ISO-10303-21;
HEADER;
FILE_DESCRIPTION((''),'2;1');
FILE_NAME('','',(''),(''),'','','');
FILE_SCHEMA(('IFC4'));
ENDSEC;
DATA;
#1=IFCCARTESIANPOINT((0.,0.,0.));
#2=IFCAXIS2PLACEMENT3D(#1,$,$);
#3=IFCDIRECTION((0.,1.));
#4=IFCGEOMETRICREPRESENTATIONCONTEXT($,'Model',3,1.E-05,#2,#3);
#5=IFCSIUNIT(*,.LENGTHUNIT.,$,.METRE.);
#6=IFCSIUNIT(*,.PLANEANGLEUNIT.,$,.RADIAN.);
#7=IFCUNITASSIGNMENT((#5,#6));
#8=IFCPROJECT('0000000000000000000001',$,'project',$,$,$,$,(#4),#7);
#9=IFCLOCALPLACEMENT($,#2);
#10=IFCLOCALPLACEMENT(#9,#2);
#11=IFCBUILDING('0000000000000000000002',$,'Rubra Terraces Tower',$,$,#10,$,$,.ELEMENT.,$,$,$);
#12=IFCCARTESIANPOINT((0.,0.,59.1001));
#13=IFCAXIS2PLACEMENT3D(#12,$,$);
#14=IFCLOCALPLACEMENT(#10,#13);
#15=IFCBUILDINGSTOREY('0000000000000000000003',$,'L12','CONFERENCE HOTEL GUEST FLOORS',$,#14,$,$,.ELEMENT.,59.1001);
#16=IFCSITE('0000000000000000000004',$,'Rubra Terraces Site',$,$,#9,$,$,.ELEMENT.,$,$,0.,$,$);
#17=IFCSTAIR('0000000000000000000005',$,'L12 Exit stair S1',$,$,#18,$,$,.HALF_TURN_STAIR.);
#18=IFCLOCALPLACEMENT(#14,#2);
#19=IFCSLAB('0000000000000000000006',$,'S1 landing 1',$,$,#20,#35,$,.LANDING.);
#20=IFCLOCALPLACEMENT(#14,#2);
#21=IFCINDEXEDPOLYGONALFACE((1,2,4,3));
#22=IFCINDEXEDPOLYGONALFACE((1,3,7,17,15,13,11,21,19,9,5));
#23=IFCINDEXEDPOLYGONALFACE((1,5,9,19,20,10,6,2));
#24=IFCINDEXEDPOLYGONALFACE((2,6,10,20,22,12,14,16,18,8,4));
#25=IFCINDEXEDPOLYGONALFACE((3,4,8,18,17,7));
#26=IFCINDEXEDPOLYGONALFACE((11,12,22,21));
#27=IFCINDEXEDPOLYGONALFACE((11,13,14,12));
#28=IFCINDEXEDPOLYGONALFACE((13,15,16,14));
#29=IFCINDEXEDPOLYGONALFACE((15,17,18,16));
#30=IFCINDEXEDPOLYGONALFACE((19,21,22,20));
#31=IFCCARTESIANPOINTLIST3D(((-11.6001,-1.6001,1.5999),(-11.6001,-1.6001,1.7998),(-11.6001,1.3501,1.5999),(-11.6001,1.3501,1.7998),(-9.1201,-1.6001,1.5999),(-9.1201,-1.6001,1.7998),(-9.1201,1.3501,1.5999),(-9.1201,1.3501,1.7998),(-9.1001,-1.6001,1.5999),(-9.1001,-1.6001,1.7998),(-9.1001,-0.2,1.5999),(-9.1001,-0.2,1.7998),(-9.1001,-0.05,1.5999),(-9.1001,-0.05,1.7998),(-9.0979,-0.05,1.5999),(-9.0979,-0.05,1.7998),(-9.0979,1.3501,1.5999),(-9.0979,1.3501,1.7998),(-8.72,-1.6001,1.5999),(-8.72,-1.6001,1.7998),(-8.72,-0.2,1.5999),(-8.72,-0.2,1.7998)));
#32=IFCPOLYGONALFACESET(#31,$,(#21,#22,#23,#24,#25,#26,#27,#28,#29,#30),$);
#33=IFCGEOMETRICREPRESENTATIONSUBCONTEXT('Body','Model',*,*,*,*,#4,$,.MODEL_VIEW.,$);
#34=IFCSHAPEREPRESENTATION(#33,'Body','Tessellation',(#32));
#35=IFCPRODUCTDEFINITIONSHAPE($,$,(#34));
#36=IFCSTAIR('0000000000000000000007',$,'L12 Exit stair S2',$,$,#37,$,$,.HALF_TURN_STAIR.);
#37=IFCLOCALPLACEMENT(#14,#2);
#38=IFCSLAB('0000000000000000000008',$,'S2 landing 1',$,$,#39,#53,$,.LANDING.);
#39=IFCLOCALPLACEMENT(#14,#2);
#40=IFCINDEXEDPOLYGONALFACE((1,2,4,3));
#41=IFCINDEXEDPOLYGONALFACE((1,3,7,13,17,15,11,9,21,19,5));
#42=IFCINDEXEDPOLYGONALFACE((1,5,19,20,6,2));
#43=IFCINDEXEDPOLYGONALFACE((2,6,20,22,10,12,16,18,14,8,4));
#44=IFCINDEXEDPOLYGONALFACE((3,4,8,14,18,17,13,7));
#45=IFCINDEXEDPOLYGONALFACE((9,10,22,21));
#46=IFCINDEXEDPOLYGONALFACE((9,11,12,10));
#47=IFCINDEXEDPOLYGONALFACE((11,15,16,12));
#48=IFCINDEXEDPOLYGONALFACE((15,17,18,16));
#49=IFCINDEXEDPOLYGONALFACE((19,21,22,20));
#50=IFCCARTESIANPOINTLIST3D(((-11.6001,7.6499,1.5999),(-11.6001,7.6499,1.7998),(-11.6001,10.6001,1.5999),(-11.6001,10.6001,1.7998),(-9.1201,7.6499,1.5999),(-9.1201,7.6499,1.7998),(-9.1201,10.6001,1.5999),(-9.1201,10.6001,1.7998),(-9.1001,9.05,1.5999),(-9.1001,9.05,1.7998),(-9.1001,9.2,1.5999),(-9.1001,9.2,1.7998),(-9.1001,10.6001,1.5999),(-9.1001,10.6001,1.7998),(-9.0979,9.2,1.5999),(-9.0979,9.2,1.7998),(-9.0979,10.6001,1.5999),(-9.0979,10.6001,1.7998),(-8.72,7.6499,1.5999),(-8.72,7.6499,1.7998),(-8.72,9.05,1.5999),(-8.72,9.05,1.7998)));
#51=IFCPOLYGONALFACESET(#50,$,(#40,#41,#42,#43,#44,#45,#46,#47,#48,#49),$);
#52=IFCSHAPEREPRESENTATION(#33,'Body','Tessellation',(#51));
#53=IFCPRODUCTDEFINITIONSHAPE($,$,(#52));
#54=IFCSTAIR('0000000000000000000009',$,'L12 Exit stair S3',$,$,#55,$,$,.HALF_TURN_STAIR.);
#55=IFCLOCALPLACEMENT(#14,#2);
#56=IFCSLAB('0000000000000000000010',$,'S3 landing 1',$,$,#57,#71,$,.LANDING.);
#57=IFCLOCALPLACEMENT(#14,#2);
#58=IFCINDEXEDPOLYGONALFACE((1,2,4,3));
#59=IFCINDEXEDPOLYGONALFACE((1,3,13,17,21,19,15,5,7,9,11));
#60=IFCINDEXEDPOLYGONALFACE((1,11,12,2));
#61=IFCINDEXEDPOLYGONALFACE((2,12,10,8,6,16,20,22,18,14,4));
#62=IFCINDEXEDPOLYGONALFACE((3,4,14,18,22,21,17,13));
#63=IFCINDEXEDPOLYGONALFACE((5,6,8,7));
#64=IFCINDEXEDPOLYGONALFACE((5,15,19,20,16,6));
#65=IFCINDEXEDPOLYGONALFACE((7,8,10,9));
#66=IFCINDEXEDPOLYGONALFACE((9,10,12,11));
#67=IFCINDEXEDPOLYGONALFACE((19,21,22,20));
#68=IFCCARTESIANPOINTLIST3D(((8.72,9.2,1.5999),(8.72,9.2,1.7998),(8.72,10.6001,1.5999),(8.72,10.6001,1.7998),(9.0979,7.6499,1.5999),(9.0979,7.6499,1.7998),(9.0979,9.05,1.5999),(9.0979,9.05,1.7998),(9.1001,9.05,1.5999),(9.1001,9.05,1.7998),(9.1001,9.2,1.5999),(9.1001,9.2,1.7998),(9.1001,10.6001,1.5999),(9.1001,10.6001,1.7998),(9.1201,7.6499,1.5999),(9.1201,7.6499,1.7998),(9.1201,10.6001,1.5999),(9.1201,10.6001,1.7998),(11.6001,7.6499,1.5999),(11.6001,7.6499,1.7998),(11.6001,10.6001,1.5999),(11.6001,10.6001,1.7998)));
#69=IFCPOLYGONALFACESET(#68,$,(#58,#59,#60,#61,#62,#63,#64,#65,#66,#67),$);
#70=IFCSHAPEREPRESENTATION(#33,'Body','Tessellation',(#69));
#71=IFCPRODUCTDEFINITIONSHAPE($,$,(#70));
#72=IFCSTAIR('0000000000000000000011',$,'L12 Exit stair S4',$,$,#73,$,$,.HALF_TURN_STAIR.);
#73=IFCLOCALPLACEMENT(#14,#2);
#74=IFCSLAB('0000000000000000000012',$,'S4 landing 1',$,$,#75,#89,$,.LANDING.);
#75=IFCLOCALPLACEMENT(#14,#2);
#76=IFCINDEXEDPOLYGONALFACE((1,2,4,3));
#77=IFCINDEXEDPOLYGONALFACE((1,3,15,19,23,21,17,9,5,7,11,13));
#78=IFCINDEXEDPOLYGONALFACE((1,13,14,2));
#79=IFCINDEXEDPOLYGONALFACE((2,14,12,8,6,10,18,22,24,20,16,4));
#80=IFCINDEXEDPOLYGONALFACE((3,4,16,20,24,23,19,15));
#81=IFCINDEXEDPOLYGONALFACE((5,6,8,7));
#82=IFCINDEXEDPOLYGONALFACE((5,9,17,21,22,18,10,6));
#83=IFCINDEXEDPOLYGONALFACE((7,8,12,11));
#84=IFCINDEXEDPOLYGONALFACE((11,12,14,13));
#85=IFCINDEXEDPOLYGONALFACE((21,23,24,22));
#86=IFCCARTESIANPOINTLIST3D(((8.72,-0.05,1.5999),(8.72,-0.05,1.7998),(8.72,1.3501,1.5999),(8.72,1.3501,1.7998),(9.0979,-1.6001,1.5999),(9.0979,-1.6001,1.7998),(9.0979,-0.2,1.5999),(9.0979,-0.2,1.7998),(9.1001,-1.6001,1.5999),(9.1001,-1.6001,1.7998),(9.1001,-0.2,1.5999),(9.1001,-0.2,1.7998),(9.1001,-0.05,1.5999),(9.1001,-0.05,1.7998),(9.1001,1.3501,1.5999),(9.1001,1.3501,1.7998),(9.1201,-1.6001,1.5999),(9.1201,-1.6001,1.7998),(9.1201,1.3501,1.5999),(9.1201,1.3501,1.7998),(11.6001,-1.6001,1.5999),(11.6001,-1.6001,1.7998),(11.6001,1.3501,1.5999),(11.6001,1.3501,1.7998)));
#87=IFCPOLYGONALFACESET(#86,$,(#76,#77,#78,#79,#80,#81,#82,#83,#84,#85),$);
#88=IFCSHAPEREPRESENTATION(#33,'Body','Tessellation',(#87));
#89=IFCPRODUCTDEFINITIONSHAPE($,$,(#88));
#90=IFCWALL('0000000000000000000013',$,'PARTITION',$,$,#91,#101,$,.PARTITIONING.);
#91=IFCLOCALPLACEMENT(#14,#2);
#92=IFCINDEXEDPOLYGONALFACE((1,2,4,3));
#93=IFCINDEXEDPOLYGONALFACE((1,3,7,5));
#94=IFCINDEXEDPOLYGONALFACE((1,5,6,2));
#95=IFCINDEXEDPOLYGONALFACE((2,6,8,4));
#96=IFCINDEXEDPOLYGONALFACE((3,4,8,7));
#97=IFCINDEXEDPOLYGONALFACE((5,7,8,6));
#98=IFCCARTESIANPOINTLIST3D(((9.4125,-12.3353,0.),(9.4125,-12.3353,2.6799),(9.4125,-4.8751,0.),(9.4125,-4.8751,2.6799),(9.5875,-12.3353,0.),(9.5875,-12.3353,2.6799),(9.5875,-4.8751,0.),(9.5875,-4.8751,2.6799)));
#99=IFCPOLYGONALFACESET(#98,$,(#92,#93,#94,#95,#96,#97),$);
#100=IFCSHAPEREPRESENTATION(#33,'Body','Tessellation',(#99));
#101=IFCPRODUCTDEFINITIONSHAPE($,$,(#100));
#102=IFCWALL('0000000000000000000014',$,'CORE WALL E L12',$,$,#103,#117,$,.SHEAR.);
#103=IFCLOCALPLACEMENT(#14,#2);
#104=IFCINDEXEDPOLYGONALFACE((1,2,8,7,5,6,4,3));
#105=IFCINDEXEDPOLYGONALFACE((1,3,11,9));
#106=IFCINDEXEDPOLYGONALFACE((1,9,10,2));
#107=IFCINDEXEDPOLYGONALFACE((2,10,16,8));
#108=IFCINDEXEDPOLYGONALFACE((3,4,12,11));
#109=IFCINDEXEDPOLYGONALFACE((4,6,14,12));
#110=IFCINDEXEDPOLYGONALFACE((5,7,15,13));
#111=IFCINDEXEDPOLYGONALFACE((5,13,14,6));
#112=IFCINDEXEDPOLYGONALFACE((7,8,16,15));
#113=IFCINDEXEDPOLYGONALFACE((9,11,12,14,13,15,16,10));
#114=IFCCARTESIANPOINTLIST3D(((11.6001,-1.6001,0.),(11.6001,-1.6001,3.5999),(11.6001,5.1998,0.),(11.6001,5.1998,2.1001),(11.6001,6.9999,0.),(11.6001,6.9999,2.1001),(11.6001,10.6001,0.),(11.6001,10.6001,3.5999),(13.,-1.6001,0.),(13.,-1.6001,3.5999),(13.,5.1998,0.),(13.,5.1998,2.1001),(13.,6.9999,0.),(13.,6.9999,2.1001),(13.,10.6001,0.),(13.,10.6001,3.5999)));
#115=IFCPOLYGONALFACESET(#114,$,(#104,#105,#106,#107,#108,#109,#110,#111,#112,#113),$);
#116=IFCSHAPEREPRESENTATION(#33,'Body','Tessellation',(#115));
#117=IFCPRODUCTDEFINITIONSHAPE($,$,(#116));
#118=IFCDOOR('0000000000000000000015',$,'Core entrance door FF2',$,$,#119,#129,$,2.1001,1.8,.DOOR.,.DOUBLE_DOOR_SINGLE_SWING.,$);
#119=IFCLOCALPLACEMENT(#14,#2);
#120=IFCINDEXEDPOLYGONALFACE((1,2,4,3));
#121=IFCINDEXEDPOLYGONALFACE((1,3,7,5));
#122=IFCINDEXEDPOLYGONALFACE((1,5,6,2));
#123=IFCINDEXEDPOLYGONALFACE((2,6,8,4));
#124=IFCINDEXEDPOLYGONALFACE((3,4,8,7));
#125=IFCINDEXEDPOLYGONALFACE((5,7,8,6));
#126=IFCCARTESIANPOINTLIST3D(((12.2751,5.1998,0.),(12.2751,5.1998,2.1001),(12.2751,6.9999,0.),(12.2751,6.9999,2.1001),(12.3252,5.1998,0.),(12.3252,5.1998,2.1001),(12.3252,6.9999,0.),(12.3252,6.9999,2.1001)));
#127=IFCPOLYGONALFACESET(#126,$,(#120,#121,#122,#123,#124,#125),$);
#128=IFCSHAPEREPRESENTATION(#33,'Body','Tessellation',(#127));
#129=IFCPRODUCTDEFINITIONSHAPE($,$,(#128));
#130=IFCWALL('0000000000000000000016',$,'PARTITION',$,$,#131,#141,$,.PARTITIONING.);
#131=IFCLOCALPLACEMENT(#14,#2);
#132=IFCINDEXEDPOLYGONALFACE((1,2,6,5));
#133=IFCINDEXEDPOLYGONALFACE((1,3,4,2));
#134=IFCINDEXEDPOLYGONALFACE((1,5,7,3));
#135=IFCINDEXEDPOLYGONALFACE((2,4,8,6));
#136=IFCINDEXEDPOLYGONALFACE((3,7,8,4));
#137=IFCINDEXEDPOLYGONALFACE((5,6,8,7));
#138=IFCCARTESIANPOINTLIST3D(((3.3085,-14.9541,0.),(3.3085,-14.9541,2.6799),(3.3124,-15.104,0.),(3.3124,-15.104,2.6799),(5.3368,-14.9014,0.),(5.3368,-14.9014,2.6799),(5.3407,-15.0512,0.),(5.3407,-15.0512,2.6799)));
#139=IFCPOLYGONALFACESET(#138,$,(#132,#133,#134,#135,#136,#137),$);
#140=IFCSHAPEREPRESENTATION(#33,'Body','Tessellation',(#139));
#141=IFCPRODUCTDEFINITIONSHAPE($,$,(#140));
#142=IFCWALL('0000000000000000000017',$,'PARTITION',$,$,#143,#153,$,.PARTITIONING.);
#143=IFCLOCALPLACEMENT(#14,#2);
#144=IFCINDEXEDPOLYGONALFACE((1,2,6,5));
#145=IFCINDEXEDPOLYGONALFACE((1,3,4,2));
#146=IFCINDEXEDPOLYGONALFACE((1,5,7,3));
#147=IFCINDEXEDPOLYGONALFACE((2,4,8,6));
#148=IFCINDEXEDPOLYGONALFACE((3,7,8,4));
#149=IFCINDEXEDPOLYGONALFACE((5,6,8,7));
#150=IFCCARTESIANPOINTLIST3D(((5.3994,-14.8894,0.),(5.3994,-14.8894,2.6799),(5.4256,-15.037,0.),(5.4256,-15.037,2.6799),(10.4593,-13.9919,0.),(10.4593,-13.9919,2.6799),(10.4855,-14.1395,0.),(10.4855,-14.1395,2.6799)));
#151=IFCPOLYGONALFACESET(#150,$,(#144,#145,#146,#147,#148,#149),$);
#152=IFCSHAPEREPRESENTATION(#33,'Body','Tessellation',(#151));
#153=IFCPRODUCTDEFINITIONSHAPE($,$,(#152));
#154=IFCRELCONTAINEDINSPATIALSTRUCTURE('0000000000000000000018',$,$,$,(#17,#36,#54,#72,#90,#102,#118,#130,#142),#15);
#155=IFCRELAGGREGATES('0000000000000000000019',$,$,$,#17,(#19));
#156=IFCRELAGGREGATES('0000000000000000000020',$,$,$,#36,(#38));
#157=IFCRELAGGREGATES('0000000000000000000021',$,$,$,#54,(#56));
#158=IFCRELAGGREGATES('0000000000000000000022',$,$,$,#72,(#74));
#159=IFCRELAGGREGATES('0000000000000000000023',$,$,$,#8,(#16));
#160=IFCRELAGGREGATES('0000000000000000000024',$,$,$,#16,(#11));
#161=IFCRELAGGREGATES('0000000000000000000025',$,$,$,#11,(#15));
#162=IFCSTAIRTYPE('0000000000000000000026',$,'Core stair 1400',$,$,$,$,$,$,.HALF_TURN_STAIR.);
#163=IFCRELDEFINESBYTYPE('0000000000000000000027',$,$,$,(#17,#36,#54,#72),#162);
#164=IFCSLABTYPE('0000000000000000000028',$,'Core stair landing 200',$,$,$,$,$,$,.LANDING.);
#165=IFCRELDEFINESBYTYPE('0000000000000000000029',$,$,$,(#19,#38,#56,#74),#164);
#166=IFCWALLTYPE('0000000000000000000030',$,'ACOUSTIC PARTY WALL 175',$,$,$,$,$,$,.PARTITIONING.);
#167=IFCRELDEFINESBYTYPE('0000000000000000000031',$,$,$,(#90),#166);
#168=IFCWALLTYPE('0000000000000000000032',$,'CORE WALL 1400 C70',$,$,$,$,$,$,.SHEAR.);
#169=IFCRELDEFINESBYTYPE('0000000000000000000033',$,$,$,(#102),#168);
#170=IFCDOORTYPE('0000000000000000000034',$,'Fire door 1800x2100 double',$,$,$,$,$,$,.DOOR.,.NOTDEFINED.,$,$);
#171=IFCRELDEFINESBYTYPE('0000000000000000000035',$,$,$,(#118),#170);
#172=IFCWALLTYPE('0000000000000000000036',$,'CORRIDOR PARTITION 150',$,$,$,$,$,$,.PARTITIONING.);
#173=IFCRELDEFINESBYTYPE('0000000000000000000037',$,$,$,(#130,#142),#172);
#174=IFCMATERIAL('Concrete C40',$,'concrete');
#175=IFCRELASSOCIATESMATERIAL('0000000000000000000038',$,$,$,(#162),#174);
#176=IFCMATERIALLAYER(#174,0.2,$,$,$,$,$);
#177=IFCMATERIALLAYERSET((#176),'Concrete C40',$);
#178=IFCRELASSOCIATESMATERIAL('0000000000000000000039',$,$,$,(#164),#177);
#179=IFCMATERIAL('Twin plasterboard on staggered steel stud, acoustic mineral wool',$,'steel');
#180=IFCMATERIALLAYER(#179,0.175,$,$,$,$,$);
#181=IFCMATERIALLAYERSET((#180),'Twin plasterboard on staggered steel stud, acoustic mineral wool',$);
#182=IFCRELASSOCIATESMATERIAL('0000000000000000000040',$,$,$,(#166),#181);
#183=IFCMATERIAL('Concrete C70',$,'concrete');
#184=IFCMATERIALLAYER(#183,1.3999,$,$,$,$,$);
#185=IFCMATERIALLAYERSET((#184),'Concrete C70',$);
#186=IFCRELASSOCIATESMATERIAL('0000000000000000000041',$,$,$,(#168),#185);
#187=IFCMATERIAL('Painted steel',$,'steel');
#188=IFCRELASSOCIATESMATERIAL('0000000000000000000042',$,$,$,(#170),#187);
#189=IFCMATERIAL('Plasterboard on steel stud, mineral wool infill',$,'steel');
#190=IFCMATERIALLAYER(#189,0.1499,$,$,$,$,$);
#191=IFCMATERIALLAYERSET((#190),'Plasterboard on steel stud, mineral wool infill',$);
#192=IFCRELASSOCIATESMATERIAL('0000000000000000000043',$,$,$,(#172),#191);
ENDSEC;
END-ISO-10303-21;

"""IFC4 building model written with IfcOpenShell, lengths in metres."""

from ifc_helpers import new_model, si_unit, direction, frame, frame_2d, origin, place, context, subcontext, project, spatial, polyline, rectangle, outline, extrude, material, layer, layer_set, type_object, element, fill, aggregate, save


model = new_model("IFC4")

# Units and contexts
model_context = context("Model", 3, precision=1e-05, world=origin(), true_north=direction((0.0, 1.0)))
body_context = subcontext(model_context, "Body", "Model", "MODEL_VIEW")
ifc_project = project(units=[si_unit("LENGTHUNIT", "METRE"), si_unit("PLANEANGLEUNIT", "RADIAN")], contexts=[model_context])

# Site, building, storey
site_placement = place(None, origin())
site = spatial("IfcSite", under=ifc_project, at=site_placement, Name="Rubra Terraces Site", CompositionType="ELEMENT", RefElevation=0.0)
building_placement = place(site_placement, origin())
building = spatial("IfcBuilding", under=site, at=building_placement, Name="Rubra Terraces Tower", CompositionType="ELEMENT")
storey_placement = place(building_placement, frame((0.0, 0.0, 59.1001)))
storey = spatial("IfcBuildingStorey", under=building, at=storey_placement, Name="L12", Description="CONFERENCE HOTEL GUEST FLOORS", CompositionType="ELEMENT", Elevation=59.1001)

# Stairs, slabs
ifc_material_1 = material(Name="Concrete C40", Category="concrete")
stair_type = type_object("IfcStairType", Name="Core stair 1400", PredefinedType="HALF_TURN_STAIR", material=ifc_material_1)
stair_1_placement = place(storey_placement, origin())
stair_1 = element("IfcStair", 1, at=stair_1_placement, inside=storey, type_object=stair_type, Name="L12 Exit stair S1", PredefinedType="HALF_TURN_STAIR")
ifc_layer_1 = layer(ifc_material_1, 0.2)
ifc_layer_set_1 = layer_set([ifc_layer_1], Name="Concrete C40")
slab_type = type_object("IfcSlabType", Name="Core stair landing 200", PredefinedType="LANDING", material=ifc_layer_set_1)
slab_1_placement = place(storey_placement, frame((0.0, 0.0, 1.5999)))
slab_1 = element("IfcSlab", 2, at=slab_1_placement, type_object=slab_type, Name="S1 landing 1", PredefinedType="LANDING", context=body_context, shape_type="SweptSolid", body=[
    extrude(outline(polyline([(-8.72, -0.2), (-8.72, -1.6001), (-9.1001, -1.6001), (-9.1201, -1.6001), (-11.6001, -1.6001), (-11.6001, 1.3501), (-9.1201, 1.3501), (-9.0979, 1.3501), (-9.0979, -0.05), (-9.1001, -0.05), (-9.1001, -0.2), (-8.72, -0.2)])), origin(), (0.0, 0.0, 1.0), 0.2),
])
aggregate(stair_1, [slab_1])
stair_2_placement = place(storey_placement, origin())
stair_2 = element("IfcStair", 3, at=stair_2_placement, inside=storey, type_object=stair_type, Name="L12 Exit stair S2", PredefinedType="HALF_TURN_STAIR")
slab_2_placement = place(storey_placement, frame((0.0, 0.0, 1.5999)))
slab_2 = element("IfcSlab", 4, at=slab_2_placement, type_object=slab_type, Name="S2 landing 1", PredefinedType="LANDING", context=body_context, shape_type="SweptSolid", body=[
    extrude(outline(polyline([(-8.72, 9.05), (-8.72, 7.6499), (-9.1201, 7.6499), (-11.6001, 7.6499), (-11.6001, 10.6001), (-9.1201, 10.6001), (-9.1001, 10.6001), (-9.0979, 10.6001), (-9.0979, 9.2), (-9.1001, 9.2), (-9.1001, 9.05), (-8.72, 9.05)])), origin(), (0.0, 0.0, 1.0), 0.2),
])
aggregate(stair_2, [slab_2])
stair_3_placement = place(storey_placement, origin())
stair_3 = element("IfcStair", 5, at=stair_3_placement, inside=storey, type_object=stair_type, Name="L12 Exit stair S3", PredefinedType="HALF_TURN_STAIR")
slab_3_placement = place(storey_placement, frame((0.0, 0.0, 1.5999)))
slab_3 = element("IfcSlab", 6, at=slab_3_placement, type_object=slab_type, Name="S3 landing 1", PredefinedType="LANDING", context=body_context, shape_type="SweptSolid", body=[
    extrude(outline(polyline([(9.1001, 9.05), (9.1001, 9.2), (8.72, 9.2), (8.72, 10.6001), (9.1001, 10.6001), (9.1201, 10.6001), (11.6001, 10.6001), (11.6001, 7.6499), (9.1201, 7.6499), (9.0979, 7.6499), (9.0979, 9.05), (9.1001, 9.05)])), origin(), (0.0, 0.0, 1.0), 0.2),
])
aggregate(stair_3, [slab_3])
stair_4_placement = place(storey_placement, origin())
stair_4 = element("IfcStair", 7, at=stair_4_placement, inside=storey, type_object=stair_type, Name="L12 Exit stair S4", PredefinedType="HALF_TURN_STAIR")
slab_4_placement = place(storey_placement, frame((0.0, 0.0, 1.5999)))
slab_4 = element("IfcSlab", 8, at=slab_4_placement, type_object=slab_type, Name="S4 landing 1", PredefinedType="LANDING", context=body_context, shape_type="SweptSolid", body=[
    extrude(outline(polyline([(9.1001, -0.2), (9.1001, -0.05), (8.72, -0.05), (8.72, 1.3501), (9.1001, 1.3501), (9.1201, 1.3501), (11.6001, 1.3501), (11.6001, -1.6001), (9.1201, -1.6001), (9.1001, -1.6001), (9.0979, -1.6001), (9.0979, -0.2), (9.1001, -0.2)])), origin(), (0.0, 0.0, 1.0), 0.2),
])

# Wall
ifc_material_2 = material(Name="Twin plasterboard on staggered steel stud, acoustic mineral wool", Category="steel")
ifc_layer_2 = layer(ifc_material_2, 0.175)
ifc_layer_set_2 = layer_set([ifc_layer_2], Name="Twin plasterboard on staggered steel stud, acoustic mineral wool")
wall_type_1 = type_object("IfcWallType", Name="ACOUSTIC PARTY WALL 175", PredefinedType="PARTITIONING", material=ifc_layer_set_2)
wall_1_placement = place(storey_placement, frame((9.5, -12.3352, 0.0), z_axis=(0.0, 0.0, 1.0), x_axis=(0.0, 1.0, 0.0)))
element("IfcWall", 9, at=wall_1_placement, inside=storey, type_object=wall_type_1, Name="PARTITION", PredefinedType="PARTITIONING", context=body_context, shape_type="SweptSolid", body=[
    extrude(rectangle(XDim=7.4602, YDim=0.175, at=frame_2d((3.73, 0.0))), origin(), (0.0, 0.0, 1.0), 2.6799),
])

# Wall, opening, door
ifc_material_3 = material(Name="Concrete C70", Category="concrete")
ifc_layer_3 = layer(ifc_material_3, 1.3999)
ifc_layer_set_3 = layer_set([ifc_layer_3], Name="Concrete C70")
wall_type_2 = type_object("IfcWallType", Name="CORE WALL 1400 C70", PredefinedType="SHEAR", material=ifc_layer_set_3)
wall_2_placement = place(storey_placement, frame((12.3, -1.6001, 0.0), z_axis=(0.0, 0.0, 1.0), x_axis=(0.0, 1.0, 0.0)))
wall_2 = element("IfcWall", 10, at=wall_2_placement, inside=storey, type_object=wall_type_2, Name="CORE WALL E L12", PredefinedType="SHEAR", context=body_context, shape_type="SweptSolid", body=[
    extrude(rectangle(XDim=12.2002, YDim=1.3999, at=frame_2d((6.1001, 0.0))), origin(), (0.0, 0.0, 1.0), 3.5999),
])
opening_1_placement = place(wall_2_placement, frame((6.8, 0.0, 0.0)))
opening_1 = element("IfcOpeningElement", 11, at=opening_1_placement, cuts=wall_2, PredefinedType="OPENING", context=body_context, shape_type="SweptSolid", body=[
    extrude(rectangle(XDim=1.8, YDim=2.1001, at=frame_2d((0.8999, 1.05))), frame((0.0, 0.71, 0.0), z_axis=(0.0, -1.0, 0.0), x_axis=(1.0, 0.0, 0.0)), (0.0, 0.0, 1.0), 1.4199),
])
ifc_material_4 = material(Name="Painted steel", Category="steel")
door_type_1 = type_object("IfcDoorType", Name="Fire door 1800x2100 double", OperationType="NOTDEFINED", PredefinedType="DOOR", material=ifc_material_4)
door_1_placement = place(opening_1_placement, origin())
door_1 = element("IfcDoor", 12, at=door_1_placement, inside=storey, type_object=door_type_1, Name="Core entrance door FF2", OperationType="DOUBLE_DOOR_SINGLE_SWING", OverallHeight=2.1001, OverallWidth=1.8, PredefinedType="DOOR", context=body_context, shape_type="SweptSolid", body=[
    extrude(rectangle(XDim=1.8, YDim=2.1001, at=frame_2d((0.8999, 1.05))), frame((0.0, 0.0249, 0.0), z_axis=(0.0, -1.0, 0.0), x_axis=(1.0, 0.0, 0.0)), (0.0, 0.0, 1.0), 0.05),
])
fill(opening_1, door_1)

# Walls
ifc_material_5 = material(Name="Plasterboard on steel stud, mineral wool infill", Category="steel")
ifc_layer_4 = layer(ifc_material_5, 0.1499)
ifc_layer_set_4 = layer_set([ifc_layer_4], Name="Plasterboard on steel stud, mineral wool infill")
wall_type_3 = type_object("IfcWallType", Name="CORRIDOR PARTITION 150", PredefinedType="PARTITIONING", material=ifc_layer_set_4)
wall_3_placement = place(storey_placement, frame((3.3103, -15.0291, 0.0), z_axis=(0.0, 0.0, 1.0), x_axis=(0.999662, 0.02599, 0.0)))
element("IfcWall", 13, at=wall_3_placement, inside=storey, type_object=wall_type_3, Name="PARTITION", PredefinedType="PARTITIONING", context=body_context, shape_type="SweptSolid", body=[
    extrude(rectangle(XDim=2.0291, YDim=0.1499, at=frame_2d((1.0146, 0.0))), origin(), (0.0, 0.0, 1.0), 2.6799),
])
wall_4_placement = place(storey_placement, frame((5.4126, -14.9631, 0.0), z_axis=(0.0, 0.0, 1.0), x_axis=(0.984633, 0.174636, 0.0)))
element("IfcWall", 14, at=wall_4_placement, inside=storey, type_object=wall_type_3, Name="PARTITION", PredefinedType="PARTITIONING", context=body_context, shape_type="SweptSolid", body=[
    extrude(rectangle(XDim=5.1389, YDim=0.1499, at=frame_2d((2.5693, 0.0))), origin(), (0.0, 0.0, 1.0), 2.6799),
])

aggregate(stair_4, [slab_4])

save(model, "model.ifc")
